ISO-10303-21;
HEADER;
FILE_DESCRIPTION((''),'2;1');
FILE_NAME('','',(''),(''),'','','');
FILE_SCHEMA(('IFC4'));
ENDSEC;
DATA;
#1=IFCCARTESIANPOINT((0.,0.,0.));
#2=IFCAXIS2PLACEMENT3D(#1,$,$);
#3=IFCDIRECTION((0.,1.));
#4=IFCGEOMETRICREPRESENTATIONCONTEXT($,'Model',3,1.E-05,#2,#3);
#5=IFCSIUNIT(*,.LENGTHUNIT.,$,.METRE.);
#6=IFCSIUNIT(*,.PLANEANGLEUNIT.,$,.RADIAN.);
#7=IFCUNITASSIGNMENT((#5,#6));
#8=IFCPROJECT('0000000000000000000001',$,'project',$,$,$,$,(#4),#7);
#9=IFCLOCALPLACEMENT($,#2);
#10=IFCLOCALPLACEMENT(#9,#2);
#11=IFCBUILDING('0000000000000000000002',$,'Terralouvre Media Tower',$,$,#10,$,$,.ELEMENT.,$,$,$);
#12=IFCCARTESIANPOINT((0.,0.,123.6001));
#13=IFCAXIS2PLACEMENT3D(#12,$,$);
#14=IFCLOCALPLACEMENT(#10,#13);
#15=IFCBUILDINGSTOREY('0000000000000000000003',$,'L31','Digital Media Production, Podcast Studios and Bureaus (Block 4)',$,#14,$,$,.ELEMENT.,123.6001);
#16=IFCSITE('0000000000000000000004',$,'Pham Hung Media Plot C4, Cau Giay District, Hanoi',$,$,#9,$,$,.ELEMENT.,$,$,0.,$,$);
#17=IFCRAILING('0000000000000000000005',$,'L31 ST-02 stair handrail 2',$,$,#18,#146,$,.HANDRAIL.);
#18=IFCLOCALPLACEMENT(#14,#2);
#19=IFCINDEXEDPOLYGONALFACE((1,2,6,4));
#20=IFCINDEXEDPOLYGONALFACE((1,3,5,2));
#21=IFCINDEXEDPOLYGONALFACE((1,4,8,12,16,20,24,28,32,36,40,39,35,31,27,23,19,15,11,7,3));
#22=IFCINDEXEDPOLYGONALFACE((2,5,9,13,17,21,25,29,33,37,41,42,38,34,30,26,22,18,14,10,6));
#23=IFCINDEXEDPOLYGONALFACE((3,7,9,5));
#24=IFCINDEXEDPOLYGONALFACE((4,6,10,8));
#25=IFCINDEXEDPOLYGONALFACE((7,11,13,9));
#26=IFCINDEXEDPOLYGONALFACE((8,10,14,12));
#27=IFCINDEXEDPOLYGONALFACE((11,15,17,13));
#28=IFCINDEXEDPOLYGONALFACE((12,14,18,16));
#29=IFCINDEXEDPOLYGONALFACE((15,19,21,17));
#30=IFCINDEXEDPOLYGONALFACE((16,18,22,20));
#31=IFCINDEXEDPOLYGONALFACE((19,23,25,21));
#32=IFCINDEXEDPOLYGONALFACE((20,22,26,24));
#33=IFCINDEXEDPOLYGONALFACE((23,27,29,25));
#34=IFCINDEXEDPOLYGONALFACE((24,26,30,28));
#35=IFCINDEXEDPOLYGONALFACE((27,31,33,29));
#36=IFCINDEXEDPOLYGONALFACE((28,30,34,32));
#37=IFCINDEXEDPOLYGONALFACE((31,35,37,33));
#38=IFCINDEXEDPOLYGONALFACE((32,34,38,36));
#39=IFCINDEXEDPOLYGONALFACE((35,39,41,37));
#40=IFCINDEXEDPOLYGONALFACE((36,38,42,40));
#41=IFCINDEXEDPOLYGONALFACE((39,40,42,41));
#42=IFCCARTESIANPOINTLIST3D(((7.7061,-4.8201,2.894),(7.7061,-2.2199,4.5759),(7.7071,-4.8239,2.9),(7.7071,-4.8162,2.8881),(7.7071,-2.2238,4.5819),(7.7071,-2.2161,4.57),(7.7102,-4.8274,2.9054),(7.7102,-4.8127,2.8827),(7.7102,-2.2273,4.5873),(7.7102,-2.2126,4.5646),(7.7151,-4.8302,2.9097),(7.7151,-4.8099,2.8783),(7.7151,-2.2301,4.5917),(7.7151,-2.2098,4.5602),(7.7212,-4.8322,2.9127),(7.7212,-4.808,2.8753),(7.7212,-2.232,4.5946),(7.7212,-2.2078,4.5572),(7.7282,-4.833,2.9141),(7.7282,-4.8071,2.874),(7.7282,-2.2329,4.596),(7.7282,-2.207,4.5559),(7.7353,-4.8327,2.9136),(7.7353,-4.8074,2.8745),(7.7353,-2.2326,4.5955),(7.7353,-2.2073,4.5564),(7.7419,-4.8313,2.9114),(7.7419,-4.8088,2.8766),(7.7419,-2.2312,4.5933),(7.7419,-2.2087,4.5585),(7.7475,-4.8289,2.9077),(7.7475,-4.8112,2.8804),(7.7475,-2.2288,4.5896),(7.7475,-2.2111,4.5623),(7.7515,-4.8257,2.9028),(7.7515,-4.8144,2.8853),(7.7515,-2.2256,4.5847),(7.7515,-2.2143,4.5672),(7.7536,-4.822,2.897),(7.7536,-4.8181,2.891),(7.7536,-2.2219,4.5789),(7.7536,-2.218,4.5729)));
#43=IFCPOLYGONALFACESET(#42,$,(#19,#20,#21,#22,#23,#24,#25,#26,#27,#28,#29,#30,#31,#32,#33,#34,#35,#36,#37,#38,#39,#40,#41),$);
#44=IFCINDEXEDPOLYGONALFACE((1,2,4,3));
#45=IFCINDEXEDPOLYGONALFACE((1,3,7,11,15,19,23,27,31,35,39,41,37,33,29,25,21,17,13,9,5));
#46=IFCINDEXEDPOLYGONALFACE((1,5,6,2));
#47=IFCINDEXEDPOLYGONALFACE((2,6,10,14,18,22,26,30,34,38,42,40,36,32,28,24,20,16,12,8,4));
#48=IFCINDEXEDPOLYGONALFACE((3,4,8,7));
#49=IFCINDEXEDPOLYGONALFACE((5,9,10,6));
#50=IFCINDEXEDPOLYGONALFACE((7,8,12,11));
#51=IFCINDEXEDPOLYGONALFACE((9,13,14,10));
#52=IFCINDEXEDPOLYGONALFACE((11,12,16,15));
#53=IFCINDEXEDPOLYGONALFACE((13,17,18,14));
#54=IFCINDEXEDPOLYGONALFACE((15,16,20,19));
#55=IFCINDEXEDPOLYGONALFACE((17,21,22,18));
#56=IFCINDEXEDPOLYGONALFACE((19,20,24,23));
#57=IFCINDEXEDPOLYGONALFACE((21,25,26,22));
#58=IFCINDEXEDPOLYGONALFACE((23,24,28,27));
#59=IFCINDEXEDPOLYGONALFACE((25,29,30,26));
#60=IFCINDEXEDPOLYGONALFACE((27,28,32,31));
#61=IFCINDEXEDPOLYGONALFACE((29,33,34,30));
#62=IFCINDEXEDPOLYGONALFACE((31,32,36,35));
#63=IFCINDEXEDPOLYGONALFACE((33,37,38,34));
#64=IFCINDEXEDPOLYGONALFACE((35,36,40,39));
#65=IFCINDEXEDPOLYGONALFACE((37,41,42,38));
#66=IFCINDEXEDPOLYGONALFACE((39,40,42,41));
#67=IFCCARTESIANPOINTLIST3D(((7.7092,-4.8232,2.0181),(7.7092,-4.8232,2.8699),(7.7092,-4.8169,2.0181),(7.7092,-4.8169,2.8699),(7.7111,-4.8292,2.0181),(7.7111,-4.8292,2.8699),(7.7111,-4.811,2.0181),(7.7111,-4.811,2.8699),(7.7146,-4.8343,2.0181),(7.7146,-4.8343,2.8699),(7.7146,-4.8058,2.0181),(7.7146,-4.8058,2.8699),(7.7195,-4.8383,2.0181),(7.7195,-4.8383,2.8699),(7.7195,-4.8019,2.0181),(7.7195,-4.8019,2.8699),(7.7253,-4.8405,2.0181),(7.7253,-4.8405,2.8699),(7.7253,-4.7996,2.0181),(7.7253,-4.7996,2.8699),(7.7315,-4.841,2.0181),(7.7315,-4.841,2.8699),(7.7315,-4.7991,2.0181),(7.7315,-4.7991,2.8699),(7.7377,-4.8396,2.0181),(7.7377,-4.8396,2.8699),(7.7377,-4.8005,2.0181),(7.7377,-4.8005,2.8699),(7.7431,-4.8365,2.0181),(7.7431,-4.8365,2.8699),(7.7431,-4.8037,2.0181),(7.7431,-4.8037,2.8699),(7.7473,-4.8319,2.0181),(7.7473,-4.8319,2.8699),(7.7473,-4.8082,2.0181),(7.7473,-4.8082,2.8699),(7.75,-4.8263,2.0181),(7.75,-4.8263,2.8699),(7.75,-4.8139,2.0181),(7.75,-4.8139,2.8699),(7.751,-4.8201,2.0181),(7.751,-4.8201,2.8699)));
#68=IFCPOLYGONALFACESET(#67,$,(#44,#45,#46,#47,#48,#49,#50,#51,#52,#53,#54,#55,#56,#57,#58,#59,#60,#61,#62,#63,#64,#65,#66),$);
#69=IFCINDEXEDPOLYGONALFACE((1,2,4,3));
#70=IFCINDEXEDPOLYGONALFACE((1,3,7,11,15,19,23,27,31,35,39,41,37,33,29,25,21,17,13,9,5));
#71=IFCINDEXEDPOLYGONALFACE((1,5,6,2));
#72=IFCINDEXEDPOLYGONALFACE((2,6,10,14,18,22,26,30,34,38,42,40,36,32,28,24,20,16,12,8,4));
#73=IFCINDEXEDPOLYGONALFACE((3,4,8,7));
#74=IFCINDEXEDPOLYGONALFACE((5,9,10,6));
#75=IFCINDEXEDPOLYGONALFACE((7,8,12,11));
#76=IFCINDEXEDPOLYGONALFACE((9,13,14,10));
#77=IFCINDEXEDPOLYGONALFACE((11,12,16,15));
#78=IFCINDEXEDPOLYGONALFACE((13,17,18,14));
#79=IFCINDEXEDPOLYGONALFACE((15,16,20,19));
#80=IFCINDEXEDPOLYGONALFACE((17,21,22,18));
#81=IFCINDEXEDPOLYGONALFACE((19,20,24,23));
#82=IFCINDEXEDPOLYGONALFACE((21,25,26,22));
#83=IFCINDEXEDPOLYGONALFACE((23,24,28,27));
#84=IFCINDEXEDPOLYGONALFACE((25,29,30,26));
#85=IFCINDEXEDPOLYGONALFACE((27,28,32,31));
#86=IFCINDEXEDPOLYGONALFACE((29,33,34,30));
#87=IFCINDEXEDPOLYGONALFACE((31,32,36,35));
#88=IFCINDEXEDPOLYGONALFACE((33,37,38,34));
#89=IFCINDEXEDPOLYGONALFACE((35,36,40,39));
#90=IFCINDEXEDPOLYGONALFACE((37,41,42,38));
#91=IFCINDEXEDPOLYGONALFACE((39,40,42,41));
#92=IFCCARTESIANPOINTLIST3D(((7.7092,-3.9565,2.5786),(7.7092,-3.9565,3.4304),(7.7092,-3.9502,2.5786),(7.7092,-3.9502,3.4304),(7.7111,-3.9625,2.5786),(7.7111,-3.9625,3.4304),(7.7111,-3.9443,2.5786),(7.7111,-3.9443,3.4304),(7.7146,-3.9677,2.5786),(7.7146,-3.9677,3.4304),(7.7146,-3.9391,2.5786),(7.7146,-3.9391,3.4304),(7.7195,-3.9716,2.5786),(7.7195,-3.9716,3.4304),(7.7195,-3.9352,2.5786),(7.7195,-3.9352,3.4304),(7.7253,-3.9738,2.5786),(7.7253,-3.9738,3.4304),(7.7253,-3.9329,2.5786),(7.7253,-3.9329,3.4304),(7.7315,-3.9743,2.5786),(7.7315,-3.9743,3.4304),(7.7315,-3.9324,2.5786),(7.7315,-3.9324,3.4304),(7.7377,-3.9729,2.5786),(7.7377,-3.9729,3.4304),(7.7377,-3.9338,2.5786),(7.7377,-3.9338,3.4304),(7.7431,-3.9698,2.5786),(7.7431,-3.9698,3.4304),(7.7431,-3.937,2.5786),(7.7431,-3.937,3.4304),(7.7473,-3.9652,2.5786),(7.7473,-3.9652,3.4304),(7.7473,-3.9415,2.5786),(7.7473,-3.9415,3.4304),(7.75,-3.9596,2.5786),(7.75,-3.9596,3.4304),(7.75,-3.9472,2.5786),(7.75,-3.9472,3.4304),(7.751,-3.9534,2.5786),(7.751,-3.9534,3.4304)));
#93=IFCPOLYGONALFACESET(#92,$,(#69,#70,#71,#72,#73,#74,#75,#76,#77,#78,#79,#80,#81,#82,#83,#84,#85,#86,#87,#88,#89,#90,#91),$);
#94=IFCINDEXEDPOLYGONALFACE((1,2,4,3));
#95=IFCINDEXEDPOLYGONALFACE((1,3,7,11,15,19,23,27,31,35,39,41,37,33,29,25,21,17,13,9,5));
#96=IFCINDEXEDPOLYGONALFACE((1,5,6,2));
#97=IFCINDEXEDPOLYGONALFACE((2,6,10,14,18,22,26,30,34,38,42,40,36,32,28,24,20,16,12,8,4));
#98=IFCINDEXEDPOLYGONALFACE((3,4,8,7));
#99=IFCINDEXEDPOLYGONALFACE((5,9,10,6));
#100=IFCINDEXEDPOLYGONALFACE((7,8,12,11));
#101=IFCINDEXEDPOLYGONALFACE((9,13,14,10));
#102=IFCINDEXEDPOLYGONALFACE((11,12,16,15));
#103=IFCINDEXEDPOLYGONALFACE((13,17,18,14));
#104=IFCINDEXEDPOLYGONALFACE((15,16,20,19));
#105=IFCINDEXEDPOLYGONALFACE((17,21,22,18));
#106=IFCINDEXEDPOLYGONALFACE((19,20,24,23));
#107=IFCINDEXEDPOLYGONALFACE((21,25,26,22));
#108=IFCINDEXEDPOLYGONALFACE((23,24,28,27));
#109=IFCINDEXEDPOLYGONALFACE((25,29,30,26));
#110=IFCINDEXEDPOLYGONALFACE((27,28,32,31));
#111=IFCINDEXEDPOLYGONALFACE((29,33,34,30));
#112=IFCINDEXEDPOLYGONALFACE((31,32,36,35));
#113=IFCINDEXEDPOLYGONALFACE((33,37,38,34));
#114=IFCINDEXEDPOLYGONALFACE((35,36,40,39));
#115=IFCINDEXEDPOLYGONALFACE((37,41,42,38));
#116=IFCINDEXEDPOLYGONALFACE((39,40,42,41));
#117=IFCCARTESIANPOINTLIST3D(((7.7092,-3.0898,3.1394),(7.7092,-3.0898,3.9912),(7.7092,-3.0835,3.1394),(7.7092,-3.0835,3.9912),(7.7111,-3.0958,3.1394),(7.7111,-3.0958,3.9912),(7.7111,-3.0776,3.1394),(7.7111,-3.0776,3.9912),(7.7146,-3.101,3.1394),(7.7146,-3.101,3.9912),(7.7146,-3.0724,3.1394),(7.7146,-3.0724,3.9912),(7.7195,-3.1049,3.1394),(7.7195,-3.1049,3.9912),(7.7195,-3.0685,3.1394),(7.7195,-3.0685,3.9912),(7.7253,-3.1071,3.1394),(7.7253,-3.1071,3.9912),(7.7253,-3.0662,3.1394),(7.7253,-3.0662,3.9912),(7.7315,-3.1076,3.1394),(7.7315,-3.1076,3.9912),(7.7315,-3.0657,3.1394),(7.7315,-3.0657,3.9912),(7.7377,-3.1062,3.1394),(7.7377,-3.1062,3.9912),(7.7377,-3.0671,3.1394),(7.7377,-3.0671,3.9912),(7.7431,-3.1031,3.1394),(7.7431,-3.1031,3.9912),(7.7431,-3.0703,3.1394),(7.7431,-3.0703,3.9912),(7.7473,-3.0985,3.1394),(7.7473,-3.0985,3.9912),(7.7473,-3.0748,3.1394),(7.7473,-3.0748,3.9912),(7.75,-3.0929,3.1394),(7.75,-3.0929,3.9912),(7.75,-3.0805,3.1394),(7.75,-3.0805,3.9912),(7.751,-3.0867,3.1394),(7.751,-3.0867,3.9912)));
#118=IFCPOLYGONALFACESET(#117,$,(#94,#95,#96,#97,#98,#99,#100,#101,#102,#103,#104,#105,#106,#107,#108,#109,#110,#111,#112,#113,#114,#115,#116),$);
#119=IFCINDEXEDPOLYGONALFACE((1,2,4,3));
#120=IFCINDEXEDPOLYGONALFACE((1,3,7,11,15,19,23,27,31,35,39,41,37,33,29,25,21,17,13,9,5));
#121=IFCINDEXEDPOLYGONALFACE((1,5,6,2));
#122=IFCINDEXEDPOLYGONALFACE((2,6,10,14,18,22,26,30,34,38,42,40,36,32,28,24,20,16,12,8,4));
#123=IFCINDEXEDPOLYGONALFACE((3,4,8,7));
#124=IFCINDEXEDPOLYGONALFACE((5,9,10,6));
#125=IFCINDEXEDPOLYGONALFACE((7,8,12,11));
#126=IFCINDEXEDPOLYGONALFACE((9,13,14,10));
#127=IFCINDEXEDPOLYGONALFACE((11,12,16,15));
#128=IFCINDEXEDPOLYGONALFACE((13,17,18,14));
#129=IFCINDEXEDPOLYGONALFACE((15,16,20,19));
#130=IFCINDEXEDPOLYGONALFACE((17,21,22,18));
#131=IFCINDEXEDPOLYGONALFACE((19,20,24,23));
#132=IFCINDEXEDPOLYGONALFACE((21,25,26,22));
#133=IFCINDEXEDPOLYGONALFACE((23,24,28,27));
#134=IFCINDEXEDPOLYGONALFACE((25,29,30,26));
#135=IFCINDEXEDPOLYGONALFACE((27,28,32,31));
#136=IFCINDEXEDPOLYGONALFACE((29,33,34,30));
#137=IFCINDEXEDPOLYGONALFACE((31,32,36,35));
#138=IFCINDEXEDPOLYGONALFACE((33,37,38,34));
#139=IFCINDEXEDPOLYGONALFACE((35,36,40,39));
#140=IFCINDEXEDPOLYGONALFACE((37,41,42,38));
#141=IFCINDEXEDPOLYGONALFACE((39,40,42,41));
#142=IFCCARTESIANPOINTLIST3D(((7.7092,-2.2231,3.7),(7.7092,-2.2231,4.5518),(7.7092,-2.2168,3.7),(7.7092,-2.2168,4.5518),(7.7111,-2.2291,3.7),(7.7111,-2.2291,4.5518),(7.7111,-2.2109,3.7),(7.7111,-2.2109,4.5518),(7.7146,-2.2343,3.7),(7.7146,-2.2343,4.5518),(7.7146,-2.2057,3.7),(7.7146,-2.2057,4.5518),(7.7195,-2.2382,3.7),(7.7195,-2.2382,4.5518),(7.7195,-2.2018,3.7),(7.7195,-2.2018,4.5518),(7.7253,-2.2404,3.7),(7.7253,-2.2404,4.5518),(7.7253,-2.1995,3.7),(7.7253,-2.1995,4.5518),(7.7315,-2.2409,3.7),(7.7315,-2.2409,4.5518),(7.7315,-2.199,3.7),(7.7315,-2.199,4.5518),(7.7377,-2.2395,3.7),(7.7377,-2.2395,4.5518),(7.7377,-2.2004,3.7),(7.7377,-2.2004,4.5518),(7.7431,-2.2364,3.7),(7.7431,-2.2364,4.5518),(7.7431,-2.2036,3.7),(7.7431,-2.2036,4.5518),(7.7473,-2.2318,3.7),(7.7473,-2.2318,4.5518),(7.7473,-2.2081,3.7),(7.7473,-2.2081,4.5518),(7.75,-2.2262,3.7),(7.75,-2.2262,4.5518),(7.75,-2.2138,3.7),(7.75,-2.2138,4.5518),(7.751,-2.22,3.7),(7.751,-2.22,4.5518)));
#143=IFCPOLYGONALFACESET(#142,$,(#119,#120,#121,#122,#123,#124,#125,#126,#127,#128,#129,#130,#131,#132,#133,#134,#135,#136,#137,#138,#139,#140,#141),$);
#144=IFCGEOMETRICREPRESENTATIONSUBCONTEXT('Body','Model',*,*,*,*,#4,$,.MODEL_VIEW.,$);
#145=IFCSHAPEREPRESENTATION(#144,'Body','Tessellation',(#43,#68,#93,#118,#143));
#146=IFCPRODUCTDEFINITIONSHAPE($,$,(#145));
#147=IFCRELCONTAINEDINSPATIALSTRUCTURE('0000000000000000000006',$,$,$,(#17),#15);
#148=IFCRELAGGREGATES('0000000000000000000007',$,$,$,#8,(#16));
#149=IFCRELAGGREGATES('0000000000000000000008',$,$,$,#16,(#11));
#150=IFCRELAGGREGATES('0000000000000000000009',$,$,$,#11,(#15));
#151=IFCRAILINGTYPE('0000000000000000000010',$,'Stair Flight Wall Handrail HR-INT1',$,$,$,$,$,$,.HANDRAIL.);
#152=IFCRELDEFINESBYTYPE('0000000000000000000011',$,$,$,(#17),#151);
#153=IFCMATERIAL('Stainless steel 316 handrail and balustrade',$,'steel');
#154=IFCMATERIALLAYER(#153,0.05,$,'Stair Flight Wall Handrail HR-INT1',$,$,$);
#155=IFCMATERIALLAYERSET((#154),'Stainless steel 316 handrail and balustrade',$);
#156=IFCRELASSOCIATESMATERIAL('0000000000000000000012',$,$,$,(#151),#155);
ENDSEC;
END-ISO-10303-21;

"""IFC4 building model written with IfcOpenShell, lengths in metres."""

from ifc_helpers import new_model, si_unit, direction, frame, origin, origin_2d, place, context, subcontext, project, spatial, circle, extrude, material, layer, layer_set, type_object, element, save


model = new_model("IFC4")

# Units and contexts
model_context = context("Model", 3, precision=1e-05, world=origin(), true_north=direction((0.0, 1.0)))
body_context = subcontext(model_context, "Body", "Model", "MODEL_VIEW")
ifc_project = project(units=[si_unit("LENGTHUNIT", "METRE"), si_unit("PLANEANGLEUNIT", "RADIAN")], contexts=[model_context])

# Site, building, storey
site_placement = place(None, origin())
site = spatial("IfcSite", under=ifc_project, at=site_placement, Name="Pham Hung Media Plot C4, Cau Giay District, Hanoi", CompositionType="ELEMENT", RefElevation=0.0)
building_placement = place(site_placement, origin())
building = spatial("IfcBuilding", under=site, at=building_placement, Name="Terralouvre Media Tower", CompositionType="ELEMENT")
storey_placement = place(building_placement, frame((0.0, 0.0, 123.6001)))
storey = spatial("IfcBuildingStorey", under=building, at=storey_placement, Name="L31", Description="Digital Media Production, Podcast Studios and Bureaus (Block 4)", CompositionType="ELEMENT", Elevation=123.6001)

# Railing
ifc_material_1 = material(Name="Stainless steel 316 handrail and balustrade", Category="steel")
ifc_layer_1 = layer(ifc_material_1, 0.05, Name="Stair Flight Wall Handrail HR-INT1")
ifc_layer_set_1 = layer_set([ifc_layer_1], Name="Stainless steel 316 handrail and balustrade")
railing_type_1 = type_object("IfcRailingType", Name="Stair Flight Wall Handrail HR-INT1", PredefinedType="HANDRAIL", material=ifc_layer_set_1)
railing_1_placement = place(storey_placement, frame((7.73, -4.8201, 2.0181)))
element("IfcRailing", 1, at=railing_1_placement, inside=storey, type_object=railing_type_1, Name="L31 ST-02 stair handrail 2", PredefinedType="HANDRAIL", context=body_context, shape_type="SweptSolid", body=[
    extrude(circle(Radius=0.0239, at=origin_2d()), frame((0.0, 0.0, 0.876), z_axis=(0.0, 0.839648, 0.54313), x_axis=(-1.0, 0.0, 0.0)), (0.0, 0.0, 1.0), 3.0967),
    extrude(circle(Radius=0.021, at=origin_2d()), origin(), (0.0, 0.0, 1.0), 0.8518),
    extrude(circle(Radius=0.021, at=origin_2d()), frame((0.0, 0.8667, 0.5605)), (0.0, 0.0, 1.0), 0.8518),
    extrude(circle(Radius=0.021, at=origin_2d()), frame((0.0, 1.7334, 1.1213)), (0.0, 0.0, 1.0), 0.8518),
    extrude(circle(Radius=0.021, at=origin_2d()), frame((0.0, 2.6001, 1.6819)), (0.0, 0.0, 1.0), 0.8518),
])

save(model, "model.ifc")
